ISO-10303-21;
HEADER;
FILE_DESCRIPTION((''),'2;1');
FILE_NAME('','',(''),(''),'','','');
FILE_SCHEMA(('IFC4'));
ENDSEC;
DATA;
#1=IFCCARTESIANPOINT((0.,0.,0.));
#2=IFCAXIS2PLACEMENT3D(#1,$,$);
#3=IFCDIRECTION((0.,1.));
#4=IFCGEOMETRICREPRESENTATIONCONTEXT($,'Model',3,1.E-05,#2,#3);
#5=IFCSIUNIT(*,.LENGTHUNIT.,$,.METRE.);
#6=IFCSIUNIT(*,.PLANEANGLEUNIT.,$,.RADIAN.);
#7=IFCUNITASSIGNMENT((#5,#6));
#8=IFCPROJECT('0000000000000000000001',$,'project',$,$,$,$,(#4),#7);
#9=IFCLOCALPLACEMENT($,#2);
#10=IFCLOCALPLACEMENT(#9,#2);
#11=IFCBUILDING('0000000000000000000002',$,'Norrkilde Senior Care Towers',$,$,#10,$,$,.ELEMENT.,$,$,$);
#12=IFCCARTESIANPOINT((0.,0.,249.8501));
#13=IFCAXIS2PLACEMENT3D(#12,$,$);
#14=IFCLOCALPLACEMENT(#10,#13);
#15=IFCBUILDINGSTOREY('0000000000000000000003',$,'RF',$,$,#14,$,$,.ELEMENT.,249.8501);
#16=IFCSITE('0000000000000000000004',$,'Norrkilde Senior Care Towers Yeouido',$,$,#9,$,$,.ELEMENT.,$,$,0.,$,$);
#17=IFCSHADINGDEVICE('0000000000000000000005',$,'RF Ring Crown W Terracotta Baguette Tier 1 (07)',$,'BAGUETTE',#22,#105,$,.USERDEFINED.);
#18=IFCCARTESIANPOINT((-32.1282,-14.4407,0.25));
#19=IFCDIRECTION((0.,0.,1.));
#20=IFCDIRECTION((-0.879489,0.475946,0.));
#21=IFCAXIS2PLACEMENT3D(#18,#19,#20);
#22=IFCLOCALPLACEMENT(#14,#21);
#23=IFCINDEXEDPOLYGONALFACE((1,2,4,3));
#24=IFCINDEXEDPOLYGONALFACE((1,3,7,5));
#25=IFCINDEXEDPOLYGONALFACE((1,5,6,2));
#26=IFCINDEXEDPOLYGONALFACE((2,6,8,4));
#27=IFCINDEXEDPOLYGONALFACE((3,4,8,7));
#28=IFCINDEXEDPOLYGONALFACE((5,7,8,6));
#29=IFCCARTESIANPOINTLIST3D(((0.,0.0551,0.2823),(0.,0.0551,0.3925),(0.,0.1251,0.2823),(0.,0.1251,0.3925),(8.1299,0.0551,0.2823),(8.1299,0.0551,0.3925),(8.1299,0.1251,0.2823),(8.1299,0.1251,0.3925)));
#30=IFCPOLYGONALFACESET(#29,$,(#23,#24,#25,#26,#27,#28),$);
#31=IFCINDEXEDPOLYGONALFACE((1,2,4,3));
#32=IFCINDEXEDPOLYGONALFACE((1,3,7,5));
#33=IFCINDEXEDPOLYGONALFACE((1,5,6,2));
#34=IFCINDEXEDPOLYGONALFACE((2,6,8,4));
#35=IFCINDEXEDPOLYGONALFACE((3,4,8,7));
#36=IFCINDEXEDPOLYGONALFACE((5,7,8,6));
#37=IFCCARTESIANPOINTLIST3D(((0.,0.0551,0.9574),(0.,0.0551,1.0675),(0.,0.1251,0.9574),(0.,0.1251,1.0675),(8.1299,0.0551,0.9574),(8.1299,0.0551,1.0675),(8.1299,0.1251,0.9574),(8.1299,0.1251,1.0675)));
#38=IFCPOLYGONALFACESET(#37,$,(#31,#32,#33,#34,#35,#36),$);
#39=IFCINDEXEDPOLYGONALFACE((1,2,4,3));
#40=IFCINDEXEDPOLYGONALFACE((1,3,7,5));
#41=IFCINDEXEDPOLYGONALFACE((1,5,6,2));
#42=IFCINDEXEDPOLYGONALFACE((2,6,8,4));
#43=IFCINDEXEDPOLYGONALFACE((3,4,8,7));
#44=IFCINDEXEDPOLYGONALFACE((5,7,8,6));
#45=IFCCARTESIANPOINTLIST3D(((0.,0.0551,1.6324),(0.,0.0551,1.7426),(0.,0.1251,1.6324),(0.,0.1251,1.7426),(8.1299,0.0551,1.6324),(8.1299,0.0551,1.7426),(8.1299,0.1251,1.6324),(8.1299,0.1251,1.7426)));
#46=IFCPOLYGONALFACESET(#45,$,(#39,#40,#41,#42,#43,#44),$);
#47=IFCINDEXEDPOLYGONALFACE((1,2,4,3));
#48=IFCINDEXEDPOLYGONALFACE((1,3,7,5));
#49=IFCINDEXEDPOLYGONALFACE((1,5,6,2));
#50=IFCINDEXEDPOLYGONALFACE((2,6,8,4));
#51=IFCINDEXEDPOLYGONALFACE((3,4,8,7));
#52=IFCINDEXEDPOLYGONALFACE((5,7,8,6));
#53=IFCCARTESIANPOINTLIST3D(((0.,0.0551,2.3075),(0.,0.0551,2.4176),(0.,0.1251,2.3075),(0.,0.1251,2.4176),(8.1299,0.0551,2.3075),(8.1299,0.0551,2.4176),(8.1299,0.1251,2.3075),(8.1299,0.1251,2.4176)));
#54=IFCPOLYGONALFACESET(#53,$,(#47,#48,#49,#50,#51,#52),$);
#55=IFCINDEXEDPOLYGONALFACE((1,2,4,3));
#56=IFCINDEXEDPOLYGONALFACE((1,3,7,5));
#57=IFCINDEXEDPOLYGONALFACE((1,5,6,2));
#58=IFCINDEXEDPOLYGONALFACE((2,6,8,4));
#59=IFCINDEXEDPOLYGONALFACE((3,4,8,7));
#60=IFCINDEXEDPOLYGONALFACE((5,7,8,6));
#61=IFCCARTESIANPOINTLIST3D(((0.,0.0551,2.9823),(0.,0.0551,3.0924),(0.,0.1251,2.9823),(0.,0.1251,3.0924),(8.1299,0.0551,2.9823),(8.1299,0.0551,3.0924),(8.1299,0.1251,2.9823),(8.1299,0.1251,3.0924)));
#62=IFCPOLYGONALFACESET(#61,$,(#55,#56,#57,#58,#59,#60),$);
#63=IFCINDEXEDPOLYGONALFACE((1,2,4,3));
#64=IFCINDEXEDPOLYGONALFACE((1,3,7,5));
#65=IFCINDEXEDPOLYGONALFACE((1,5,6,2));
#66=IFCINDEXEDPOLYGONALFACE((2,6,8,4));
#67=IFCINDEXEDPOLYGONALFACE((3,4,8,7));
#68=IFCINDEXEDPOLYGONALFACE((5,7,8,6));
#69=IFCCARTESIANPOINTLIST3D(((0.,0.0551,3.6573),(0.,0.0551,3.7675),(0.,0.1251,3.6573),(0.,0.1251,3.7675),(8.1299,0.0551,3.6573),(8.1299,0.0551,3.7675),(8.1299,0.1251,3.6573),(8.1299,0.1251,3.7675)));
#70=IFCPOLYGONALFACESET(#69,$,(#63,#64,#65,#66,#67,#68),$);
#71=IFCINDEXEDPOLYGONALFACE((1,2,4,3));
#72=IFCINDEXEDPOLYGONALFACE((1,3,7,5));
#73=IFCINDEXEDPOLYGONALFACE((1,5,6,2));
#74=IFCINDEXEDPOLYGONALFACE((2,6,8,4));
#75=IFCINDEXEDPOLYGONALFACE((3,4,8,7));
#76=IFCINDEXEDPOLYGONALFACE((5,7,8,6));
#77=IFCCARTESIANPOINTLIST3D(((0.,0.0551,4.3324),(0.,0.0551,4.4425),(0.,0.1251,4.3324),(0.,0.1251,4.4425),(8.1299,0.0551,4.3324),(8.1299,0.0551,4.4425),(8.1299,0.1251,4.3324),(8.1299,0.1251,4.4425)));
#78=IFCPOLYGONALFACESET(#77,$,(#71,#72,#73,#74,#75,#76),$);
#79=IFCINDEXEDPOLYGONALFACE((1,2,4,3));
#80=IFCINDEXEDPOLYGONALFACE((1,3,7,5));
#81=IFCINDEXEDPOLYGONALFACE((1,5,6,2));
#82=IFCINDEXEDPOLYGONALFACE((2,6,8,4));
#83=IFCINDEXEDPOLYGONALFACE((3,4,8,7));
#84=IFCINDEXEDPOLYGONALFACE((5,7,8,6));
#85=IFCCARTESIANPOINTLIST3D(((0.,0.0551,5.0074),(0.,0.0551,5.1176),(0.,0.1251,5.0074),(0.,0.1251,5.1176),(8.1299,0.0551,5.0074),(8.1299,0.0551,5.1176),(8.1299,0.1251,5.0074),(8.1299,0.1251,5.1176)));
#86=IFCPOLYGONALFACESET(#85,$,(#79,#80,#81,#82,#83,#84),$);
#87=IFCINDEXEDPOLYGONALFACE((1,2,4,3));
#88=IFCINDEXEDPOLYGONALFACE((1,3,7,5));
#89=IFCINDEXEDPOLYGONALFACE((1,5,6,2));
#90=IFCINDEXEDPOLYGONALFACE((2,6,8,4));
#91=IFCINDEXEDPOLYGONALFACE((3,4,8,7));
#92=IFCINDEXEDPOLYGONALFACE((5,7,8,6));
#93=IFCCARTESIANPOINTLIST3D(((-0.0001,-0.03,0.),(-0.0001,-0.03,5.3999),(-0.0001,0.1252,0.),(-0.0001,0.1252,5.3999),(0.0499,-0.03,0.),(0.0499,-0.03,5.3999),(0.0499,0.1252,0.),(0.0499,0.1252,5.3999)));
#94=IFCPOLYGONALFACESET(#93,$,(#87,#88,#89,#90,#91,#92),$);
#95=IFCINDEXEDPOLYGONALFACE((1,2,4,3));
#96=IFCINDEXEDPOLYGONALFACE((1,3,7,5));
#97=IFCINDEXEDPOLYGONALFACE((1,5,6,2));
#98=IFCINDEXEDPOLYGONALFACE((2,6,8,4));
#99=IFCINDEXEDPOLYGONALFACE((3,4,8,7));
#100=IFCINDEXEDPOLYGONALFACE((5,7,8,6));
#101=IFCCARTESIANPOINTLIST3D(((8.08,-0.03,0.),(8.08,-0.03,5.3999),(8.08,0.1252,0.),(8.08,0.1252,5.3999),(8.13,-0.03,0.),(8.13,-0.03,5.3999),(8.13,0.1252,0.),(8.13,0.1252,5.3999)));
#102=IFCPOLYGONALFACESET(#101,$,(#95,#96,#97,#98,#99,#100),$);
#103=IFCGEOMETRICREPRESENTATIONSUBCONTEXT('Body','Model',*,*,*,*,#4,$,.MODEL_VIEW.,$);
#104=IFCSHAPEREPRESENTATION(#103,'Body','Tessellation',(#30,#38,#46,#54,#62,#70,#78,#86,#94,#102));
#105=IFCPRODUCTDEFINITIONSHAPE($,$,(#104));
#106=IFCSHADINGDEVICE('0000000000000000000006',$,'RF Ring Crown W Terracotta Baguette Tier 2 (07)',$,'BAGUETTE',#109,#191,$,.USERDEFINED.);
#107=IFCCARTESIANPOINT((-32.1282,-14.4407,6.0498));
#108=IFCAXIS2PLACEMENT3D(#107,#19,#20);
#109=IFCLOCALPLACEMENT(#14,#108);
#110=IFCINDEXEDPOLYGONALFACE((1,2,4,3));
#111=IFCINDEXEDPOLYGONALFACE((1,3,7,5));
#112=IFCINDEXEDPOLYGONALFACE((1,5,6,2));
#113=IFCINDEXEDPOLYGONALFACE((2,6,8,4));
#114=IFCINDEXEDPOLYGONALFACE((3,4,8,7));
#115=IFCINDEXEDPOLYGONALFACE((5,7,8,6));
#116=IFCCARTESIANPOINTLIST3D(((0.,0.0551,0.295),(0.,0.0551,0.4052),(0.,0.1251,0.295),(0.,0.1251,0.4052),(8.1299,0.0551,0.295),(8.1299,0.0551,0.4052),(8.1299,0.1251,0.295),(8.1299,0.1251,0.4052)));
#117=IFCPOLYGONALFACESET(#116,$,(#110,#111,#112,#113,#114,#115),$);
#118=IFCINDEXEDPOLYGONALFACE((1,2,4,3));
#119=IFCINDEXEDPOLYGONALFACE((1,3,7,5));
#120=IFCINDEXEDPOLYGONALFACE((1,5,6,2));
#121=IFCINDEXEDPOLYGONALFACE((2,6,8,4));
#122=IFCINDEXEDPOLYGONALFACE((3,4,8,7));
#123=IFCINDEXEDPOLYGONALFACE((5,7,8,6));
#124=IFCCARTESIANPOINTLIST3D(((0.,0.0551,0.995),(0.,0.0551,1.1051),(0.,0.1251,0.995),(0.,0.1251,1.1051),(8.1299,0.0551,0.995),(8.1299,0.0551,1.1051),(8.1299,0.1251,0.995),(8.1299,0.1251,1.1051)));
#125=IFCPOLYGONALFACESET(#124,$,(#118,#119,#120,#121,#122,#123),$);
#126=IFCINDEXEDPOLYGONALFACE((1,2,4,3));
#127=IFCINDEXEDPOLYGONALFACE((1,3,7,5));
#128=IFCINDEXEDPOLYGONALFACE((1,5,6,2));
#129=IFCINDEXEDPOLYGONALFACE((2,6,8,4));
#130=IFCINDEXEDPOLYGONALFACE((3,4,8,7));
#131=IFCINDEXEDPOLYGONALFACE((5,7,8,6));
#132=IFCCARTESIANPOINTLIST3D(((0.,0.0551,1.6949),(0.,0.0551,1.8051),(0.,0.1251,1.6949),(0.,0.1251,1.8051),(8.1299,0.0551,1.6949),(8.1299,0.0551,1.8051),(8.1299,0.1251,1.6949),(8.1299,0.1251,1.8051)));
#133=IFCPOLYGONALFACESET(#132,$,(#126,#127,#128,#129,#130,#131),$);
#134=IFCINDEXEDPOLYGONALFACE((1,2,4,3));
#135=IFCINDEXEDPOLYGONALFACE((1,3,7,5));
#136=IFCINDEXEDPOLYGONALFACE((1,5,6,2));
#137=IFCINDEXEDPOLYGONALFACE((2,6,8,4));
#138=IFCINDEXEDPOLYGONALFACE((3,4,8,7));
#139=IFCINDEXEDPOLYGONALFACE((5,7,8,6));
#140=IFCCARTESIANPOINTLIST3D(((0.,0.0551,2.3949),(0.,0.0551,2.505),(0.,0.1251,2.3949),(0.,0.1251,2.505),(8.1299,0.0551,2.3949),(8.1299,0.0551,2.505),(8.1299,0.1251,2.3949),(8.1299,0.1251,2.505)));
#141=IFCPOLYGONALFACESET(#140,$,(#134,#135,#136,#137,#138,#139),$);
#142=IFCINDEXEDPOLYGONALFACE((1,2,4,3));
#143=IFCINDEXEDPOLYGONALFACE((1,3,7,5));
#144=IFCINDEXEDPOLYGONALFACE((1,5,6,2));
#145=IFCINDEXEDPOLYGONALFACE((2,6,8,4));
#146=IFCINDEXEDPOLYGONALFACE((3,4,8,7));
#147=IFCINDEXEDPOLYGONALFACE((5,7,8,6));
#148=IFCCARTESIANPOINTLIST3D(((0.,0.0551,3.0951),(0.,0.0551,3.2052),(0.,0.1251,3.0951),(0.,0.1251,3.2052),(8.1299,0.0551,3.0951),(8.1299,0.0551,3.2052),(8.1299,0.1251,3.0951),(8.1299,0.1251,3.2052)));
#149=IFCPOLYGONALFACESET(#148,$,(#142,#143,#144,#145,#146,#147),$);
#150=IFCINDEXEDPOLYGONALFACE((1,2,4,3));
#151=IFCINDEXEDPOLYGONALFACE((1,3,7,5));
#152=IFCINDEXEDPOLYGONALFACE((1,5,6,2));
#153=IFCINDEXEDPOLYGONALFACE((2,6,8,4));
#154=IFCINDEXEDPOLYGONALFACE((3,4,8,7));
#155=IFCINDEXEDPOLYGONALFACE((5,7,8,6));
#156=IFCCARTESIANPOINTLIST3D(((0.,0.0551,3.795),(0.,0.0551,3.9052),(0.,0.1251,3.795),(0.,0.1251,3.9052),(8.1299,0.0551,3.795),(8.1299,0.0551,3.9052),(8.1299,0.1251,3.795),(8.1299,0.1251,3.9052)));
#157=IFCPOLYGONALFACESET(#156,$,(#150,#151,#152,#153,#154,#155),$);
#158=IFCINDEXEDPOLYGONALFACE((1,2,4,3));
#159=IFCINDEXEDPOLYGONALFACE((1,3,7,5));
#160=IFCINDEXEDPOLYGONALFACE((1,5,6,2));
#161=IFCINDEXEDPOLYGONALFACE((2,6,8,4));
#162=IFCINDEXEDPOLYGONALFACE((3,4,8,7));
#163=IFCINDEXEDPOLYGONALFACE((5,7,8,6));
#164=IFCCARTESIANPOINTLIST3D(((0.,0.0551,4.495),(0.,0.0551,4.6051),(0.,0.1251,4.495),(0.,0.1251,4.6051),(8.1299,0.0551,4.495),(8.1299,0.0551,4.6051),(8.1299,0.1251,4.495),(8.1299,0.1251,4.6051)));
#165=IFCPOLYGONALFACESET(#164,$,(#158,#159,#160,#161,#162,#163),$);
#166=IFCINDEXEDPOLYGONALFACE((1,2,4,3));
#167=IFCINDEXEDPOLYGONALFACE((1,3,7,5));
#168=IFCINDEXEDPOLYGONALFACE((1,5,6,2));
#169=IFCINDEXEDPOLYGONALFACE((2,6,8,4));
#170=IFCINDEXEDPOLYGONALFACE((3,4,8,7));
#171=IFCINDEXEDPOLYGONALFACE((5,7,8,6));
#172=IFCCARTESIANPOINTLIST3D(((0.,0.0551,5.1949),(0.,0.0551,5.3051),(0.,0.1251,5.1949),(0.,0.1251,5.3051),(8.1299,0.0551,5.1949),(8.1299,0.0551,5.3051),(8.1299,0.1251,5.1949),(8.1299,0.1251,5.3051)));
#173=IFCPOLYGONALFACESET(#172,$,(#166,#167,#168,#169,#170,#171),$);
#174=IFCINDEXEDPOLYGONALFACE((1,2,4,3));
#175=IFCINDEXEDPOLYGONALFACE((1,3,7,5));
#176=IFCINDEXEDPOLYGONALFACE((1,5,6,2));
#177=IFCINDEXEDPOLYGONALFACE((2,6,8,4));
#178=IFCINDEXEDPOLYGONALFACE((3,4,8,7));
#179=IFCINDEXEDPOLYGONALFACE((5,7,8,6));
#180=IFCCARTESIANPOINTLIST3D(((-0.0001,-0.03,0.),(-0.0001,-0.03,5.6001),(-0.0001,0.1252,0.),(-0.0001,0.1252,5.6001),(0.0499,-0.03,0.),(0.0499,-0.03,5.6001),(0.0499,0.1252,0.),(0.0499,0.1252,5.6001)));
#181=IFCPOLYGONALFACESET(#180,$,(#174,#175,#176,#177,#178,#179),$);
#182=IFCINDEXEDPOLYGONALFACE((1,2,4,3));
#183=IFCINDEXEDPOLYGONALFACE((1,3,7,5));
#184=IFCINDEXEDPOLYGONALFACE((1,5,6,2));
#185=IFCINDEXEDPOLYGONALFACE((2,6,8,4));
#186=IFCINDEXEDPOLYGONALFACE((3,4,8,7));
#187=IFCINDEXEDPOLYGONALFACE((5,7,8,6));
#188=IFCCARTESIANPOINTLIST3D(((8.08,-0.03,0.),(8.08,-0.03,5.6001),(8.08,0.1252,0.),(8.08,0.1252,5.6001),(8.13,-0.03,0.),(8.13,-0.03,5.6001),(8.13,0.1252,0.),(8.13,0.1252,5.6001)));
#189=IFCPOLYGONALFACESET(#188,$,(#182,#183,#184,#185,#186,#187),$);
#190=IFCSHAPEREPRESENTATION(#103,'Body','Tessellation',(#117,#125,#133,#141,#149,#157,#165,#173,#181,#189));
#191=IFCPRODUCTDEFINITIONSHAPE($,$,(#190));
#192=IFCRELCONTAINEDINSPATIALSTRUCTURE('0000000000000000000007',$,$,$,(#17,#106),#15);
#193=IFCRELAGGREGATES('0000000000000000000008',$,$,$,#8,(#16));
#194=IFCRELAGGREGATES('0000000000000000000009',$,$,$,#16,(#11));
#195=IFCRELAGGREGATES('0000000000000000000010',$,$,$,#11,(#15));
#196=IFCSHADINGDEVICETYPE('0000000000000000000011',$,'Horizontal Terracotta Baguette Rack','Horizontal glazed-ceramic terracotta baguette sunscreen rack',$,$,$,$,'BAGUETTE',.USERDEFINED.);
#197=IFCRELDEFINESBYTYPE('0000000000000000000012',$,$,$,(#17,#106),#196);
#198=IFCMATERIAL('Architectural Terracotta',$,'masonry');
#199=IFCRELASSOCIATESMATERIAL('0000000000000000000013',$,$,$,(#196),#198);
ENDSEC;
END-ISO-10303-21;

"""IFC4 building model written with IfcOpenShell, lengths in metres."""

from ifc_helpers import new_model, si_unit, direction, frame, origin, origin_2d, place, context, subcontext, project, spatial, rectangle, extrude, source, transform, mapped, material, type_object, type_shapes, element, save


model = new_model("IFC4")

# Units and contexts
model_context = context("Model", 3, precision=1e-05, world=origin(), true_north=direction((0.0, 1.0)))
body_context = subcontext(model_context, "Body", "Model", "MODEL_VIEW")
ifc_project = project(units=[si_unit("LENGTHUNIT", "METRE"), si_unit("PLANEANGLEUNIT", "RADIAN")], contexts=[model_context])

# Site, building, storey
site_placement = place(None, origin())
site = spatial("IfcSite", under=ifc_project, at=site_placement, Name="Norrkilde Senior Care Towers Yeouido", CompositionType="ELEMENT", RefElevation=0.0)
building_placement = place(site_placement, origin())
building = spatial("IfcBuilding", under=site, at=building_placement, Name="Norrkilde Senior Care Towers", CompositionType="ELEMENT")
storey_placement = place(building_placement, frame((0.0, 0.0, 249.8501)))
storey = spatial("IfcBuildingStorey", under=building, at=storey_placement, Name="RF", CompositionType="ELEMENT", Elevation=249.8501)

# Shared definitions
ifc_material_1 = material(Name="Architectural Terracotta", Category="masonry")

# Shading devices
shading_device_type = type_object("IfcShadingDeviceType", Name="Horizontal Terracotta Baguette Rack", Description="Horizontal glazed-ceramic terracotta baguette sunscreen rack", ElementType="BAGUETTE", PredefinedType="USERDEFINED", material=ifc_material_1)
shared_shape_1 = source(origin(), body_context, "Body", "SweptSolid", [
    extrude(rectangle(XDim=0.0701, YDim=0.1101, at=origin_2d()), frame((0.0, 0.0901, 0.3374), z_axis=(1.0, 0.0, 0.0), x_axis=(0.0, 1.0, 0.0)), (0.0, 0.0, 1.0), 8.1299),
    extrude(rectangle(XDim=0.0701, YDim=0.1101, at=origin_2d()), frame((0.0, 0.0901, 1.0125), z_axis=(1.0, 0.0, 0.0), x_axis=(0.0, 1.0, 0.0)), (0.0, 0.0, 1.0), 8.1299),
    extrude(rectangle(XDim=0.0701, YDim=0.1101, at=origin_2d()), frame((0.0, 0.0901, 1.6875), z_axis=(1.0, 0.0, 0.0), x_axis=(0.0, 1.0, 0.0)), (0.0, 0.0, 1.0), 8.1299),
    extrude(rectangle(XDim=0.0701, YDim=0.1101, at=origin_2d()), frame((0.0, 0.0901, 2.3625), z_axis=(1.0, 0.0, 0.0), x_axis=(0.0, 1.0, 0.0)), (0.0, 0.0, 1.0), 8.1299),
    extrude(rectangle(XDim=0.0701, YDim=0.1101, at=origin_2d()), frame((0.0, 0.0901, 3.0374), z_axis=(1.0, 0.0, 0.0), x_axis=(0.0, 1.0, 0.0)), (0.0, 0.0, 1.0), 8.1299),
    extrude(rectangle(XDim=0.0701, YDim=0.1101, at=origin_2d()), frame((0.0, 0.0901, 3.7124), z_axis=(1.0, 0.0, 0.0), x_axis=(0.0, 1.0, 0.0)), (0.0, 0.0, 1.0), 8.1299),
    extrude(rectangle(XDim=0.0701, YDim=0.1101, at=origin_2d()), frame((0.0, 0.0901, 4.3875), z_axis=(1.0, 0.0, 0.0), x_axis=(0.0, 1.0, 0.0)), (0.0, 0.0, 1.0), 8.1299),
    extrude(rectangle(XDim=0.0701, YDim=0.1101, at=origin_2d()), frame((0.0, 0.0901, 5.0625), z_axis=(1.0, 0.0, 0.0), x_axis=(0.0, 1.0, 0.0)), (0.0, 0.0, 1.0), 8.1299),
    extrude(rectangle(XDim=0.05, YDim=0.1553, at=origin_2d()), frame((0.0249, 0.0476, 0.0)), (0.0, 0.0, 1.0), 5.3999),
    extrude(rectangle(XDim=0.05, YDim=0.1553, at=origin_2d()), frame((8.105, 0.0476, 0.0)), (0.0, 0.0, 1.0), 5.3999),
])
shading_device_1_placement = place(storey_placement, frame((-32.1282, -14.4407, 0.25), z_axis=(0.0, 0.0, 1.0), x_axis=(-0.879489, 0.475946, 0.0)))
element("IfcShadingDevice", 1, at=shading_device_1_placement, inside=storey, type_object=shading_device_type, Name="RF Ring Crown W Terracotta Baguette Tier 1 (07)", ObjectType="BAGUETTE", PredefinedType="USERDEFINED", context=body_context, shape_type="MappedRepresentation", body=[
    mapped(shared_shape_1, transform((0.0, 0.0, 0.0), x_axis=(1.0, 0.0, 0.0), y_axis=(0.0, 1.0, 0.0), z_axis=(0.0, 0.0, 1.0), scale=1.0)),
])
shared_shape_2 = source(origin(), body_context, "Body", "SweptSolid", [
    extrude(rectangle(XDim=0.0701, YDim=0.1101, at=origin_2d()), frame((0.0, 0.0901, 0.3501), z_axis=(1.0, 0.0, 0.0), x_axis=(0.0, 1.0, 0.0)), (0.0, 0.0, 1.0), 8.1299),
    extrude(rectangle(XDim=0.0701, YDim=0.1101, at=origin_2d()), frame((0.0, 0.0901, 1.05), z_axis=(1.0, 0.0, 0.0), x_axis=(0.0, 1.0, 0.0)), (0.0, 0.0, 1.0), 8.1299),
    extrude(rectangle(XDim=0.0701, YDim=0.1101, at=origin_2d()), frame((0.0, 0.0901, 1.75), z_axis=(1.0, 0.0, 0.0), x_axis=(0.0, 1.0, 0.0)), (0.0, 0.0, 1.0), 8.1299),
    extrude(rectangle(XDim=0.0701, YDim=0.1101, at=origin_2d()), frame((0.0, 0.0901, 2.45), z_axis=(1.0, 0.0, 0.0), x_axis=(0.0, 1.0, 0.0)), (0.0, 0.0, 1.0), 8.1299),
    extrude(rectangle(XDim=0.0701, YDim=0.1101, at=origin_2d()), frame((0.0, 0.0901, 3.1501), z_axis=(1.0, 0.0, 0.0), x_axis=(0.0, 1.0, 0.0)), (0.0, 0.0, 1.0), 8.1299),
    extrude(rectangle(XDim=0.0701, YDim=0.1101, at=origin_2d()), frame((0.0, 0.0901, 3.8501), z_axis=(1.0, 0.0, 0.0), x_axis=(0.0, 1.0, 0.0)), (0.0, 0.0, 1.0), 8.1299),
    extrude(rectangle(XDim=0.0701, YDim=0.1101, at=origin_2d()), frame((0.0, 0.0901, 4.55), z_axis=(1.0, 0.0, 0.0), x_axis=(0.0, 1.0, 0.0)), (0.0, 0.0, 1.0), 8.1299),
    extrude(rectangle(XDim=0.0701, YDim=0.1101, at=origin_2d()), frame((0.0, 0.0901, 5.25), z_axis=(1.0, 0.0, 0.0), x_axis=(0.0, 1.0, 0.0)), (0.0, 0.0, 1.0), 8.1299),
    extrude(rectangle(XDim=0.05, YDim=0.1553, at=origin_2d()), frame((0.0249, 0.0476, 0.0)), (0.0, 0.0, 1.0), 5.6001),
    extrude(rectangle(XDim=0.05, YDim=0.1553, at=origin_2d()), frame((8.105, 0.0476, 0.0)), (0.0, 0.0, 1.0), 5.6001),
])
type_shapes(shading_device_type, [shared_shape_1, shared_shape_2])
shading_device_2_placement = place(storey_placement, frame((-32.1282, -14.4407, 6.0498), z_axis=(0.0, 0.0, 1.0), x_axis=(-0.879489, 0.475946, 0.0)))
element("IfcShadingDevice", 2, at=shading_device_2_placement, inside=storey, type_object=shading_device_type, Name="RF Ring Crown W Terracotta Baguette Tier 2 (07)", ObjectType="BAGUETTE", PredefinedType="USERDEFINED", context=body_context, shape_type="MappedRepresentation", body=[
    mapped(shared_shape_2, transform((0.0, 0.0, 0.0), x_axis=(1.0, 0.0, 0.0), y_axis=(0.0, 1.0, 0.0), z_axis=(0.0, 0.0, 1.0), scale=1.0)),
])

save(model, "model.ifc")
